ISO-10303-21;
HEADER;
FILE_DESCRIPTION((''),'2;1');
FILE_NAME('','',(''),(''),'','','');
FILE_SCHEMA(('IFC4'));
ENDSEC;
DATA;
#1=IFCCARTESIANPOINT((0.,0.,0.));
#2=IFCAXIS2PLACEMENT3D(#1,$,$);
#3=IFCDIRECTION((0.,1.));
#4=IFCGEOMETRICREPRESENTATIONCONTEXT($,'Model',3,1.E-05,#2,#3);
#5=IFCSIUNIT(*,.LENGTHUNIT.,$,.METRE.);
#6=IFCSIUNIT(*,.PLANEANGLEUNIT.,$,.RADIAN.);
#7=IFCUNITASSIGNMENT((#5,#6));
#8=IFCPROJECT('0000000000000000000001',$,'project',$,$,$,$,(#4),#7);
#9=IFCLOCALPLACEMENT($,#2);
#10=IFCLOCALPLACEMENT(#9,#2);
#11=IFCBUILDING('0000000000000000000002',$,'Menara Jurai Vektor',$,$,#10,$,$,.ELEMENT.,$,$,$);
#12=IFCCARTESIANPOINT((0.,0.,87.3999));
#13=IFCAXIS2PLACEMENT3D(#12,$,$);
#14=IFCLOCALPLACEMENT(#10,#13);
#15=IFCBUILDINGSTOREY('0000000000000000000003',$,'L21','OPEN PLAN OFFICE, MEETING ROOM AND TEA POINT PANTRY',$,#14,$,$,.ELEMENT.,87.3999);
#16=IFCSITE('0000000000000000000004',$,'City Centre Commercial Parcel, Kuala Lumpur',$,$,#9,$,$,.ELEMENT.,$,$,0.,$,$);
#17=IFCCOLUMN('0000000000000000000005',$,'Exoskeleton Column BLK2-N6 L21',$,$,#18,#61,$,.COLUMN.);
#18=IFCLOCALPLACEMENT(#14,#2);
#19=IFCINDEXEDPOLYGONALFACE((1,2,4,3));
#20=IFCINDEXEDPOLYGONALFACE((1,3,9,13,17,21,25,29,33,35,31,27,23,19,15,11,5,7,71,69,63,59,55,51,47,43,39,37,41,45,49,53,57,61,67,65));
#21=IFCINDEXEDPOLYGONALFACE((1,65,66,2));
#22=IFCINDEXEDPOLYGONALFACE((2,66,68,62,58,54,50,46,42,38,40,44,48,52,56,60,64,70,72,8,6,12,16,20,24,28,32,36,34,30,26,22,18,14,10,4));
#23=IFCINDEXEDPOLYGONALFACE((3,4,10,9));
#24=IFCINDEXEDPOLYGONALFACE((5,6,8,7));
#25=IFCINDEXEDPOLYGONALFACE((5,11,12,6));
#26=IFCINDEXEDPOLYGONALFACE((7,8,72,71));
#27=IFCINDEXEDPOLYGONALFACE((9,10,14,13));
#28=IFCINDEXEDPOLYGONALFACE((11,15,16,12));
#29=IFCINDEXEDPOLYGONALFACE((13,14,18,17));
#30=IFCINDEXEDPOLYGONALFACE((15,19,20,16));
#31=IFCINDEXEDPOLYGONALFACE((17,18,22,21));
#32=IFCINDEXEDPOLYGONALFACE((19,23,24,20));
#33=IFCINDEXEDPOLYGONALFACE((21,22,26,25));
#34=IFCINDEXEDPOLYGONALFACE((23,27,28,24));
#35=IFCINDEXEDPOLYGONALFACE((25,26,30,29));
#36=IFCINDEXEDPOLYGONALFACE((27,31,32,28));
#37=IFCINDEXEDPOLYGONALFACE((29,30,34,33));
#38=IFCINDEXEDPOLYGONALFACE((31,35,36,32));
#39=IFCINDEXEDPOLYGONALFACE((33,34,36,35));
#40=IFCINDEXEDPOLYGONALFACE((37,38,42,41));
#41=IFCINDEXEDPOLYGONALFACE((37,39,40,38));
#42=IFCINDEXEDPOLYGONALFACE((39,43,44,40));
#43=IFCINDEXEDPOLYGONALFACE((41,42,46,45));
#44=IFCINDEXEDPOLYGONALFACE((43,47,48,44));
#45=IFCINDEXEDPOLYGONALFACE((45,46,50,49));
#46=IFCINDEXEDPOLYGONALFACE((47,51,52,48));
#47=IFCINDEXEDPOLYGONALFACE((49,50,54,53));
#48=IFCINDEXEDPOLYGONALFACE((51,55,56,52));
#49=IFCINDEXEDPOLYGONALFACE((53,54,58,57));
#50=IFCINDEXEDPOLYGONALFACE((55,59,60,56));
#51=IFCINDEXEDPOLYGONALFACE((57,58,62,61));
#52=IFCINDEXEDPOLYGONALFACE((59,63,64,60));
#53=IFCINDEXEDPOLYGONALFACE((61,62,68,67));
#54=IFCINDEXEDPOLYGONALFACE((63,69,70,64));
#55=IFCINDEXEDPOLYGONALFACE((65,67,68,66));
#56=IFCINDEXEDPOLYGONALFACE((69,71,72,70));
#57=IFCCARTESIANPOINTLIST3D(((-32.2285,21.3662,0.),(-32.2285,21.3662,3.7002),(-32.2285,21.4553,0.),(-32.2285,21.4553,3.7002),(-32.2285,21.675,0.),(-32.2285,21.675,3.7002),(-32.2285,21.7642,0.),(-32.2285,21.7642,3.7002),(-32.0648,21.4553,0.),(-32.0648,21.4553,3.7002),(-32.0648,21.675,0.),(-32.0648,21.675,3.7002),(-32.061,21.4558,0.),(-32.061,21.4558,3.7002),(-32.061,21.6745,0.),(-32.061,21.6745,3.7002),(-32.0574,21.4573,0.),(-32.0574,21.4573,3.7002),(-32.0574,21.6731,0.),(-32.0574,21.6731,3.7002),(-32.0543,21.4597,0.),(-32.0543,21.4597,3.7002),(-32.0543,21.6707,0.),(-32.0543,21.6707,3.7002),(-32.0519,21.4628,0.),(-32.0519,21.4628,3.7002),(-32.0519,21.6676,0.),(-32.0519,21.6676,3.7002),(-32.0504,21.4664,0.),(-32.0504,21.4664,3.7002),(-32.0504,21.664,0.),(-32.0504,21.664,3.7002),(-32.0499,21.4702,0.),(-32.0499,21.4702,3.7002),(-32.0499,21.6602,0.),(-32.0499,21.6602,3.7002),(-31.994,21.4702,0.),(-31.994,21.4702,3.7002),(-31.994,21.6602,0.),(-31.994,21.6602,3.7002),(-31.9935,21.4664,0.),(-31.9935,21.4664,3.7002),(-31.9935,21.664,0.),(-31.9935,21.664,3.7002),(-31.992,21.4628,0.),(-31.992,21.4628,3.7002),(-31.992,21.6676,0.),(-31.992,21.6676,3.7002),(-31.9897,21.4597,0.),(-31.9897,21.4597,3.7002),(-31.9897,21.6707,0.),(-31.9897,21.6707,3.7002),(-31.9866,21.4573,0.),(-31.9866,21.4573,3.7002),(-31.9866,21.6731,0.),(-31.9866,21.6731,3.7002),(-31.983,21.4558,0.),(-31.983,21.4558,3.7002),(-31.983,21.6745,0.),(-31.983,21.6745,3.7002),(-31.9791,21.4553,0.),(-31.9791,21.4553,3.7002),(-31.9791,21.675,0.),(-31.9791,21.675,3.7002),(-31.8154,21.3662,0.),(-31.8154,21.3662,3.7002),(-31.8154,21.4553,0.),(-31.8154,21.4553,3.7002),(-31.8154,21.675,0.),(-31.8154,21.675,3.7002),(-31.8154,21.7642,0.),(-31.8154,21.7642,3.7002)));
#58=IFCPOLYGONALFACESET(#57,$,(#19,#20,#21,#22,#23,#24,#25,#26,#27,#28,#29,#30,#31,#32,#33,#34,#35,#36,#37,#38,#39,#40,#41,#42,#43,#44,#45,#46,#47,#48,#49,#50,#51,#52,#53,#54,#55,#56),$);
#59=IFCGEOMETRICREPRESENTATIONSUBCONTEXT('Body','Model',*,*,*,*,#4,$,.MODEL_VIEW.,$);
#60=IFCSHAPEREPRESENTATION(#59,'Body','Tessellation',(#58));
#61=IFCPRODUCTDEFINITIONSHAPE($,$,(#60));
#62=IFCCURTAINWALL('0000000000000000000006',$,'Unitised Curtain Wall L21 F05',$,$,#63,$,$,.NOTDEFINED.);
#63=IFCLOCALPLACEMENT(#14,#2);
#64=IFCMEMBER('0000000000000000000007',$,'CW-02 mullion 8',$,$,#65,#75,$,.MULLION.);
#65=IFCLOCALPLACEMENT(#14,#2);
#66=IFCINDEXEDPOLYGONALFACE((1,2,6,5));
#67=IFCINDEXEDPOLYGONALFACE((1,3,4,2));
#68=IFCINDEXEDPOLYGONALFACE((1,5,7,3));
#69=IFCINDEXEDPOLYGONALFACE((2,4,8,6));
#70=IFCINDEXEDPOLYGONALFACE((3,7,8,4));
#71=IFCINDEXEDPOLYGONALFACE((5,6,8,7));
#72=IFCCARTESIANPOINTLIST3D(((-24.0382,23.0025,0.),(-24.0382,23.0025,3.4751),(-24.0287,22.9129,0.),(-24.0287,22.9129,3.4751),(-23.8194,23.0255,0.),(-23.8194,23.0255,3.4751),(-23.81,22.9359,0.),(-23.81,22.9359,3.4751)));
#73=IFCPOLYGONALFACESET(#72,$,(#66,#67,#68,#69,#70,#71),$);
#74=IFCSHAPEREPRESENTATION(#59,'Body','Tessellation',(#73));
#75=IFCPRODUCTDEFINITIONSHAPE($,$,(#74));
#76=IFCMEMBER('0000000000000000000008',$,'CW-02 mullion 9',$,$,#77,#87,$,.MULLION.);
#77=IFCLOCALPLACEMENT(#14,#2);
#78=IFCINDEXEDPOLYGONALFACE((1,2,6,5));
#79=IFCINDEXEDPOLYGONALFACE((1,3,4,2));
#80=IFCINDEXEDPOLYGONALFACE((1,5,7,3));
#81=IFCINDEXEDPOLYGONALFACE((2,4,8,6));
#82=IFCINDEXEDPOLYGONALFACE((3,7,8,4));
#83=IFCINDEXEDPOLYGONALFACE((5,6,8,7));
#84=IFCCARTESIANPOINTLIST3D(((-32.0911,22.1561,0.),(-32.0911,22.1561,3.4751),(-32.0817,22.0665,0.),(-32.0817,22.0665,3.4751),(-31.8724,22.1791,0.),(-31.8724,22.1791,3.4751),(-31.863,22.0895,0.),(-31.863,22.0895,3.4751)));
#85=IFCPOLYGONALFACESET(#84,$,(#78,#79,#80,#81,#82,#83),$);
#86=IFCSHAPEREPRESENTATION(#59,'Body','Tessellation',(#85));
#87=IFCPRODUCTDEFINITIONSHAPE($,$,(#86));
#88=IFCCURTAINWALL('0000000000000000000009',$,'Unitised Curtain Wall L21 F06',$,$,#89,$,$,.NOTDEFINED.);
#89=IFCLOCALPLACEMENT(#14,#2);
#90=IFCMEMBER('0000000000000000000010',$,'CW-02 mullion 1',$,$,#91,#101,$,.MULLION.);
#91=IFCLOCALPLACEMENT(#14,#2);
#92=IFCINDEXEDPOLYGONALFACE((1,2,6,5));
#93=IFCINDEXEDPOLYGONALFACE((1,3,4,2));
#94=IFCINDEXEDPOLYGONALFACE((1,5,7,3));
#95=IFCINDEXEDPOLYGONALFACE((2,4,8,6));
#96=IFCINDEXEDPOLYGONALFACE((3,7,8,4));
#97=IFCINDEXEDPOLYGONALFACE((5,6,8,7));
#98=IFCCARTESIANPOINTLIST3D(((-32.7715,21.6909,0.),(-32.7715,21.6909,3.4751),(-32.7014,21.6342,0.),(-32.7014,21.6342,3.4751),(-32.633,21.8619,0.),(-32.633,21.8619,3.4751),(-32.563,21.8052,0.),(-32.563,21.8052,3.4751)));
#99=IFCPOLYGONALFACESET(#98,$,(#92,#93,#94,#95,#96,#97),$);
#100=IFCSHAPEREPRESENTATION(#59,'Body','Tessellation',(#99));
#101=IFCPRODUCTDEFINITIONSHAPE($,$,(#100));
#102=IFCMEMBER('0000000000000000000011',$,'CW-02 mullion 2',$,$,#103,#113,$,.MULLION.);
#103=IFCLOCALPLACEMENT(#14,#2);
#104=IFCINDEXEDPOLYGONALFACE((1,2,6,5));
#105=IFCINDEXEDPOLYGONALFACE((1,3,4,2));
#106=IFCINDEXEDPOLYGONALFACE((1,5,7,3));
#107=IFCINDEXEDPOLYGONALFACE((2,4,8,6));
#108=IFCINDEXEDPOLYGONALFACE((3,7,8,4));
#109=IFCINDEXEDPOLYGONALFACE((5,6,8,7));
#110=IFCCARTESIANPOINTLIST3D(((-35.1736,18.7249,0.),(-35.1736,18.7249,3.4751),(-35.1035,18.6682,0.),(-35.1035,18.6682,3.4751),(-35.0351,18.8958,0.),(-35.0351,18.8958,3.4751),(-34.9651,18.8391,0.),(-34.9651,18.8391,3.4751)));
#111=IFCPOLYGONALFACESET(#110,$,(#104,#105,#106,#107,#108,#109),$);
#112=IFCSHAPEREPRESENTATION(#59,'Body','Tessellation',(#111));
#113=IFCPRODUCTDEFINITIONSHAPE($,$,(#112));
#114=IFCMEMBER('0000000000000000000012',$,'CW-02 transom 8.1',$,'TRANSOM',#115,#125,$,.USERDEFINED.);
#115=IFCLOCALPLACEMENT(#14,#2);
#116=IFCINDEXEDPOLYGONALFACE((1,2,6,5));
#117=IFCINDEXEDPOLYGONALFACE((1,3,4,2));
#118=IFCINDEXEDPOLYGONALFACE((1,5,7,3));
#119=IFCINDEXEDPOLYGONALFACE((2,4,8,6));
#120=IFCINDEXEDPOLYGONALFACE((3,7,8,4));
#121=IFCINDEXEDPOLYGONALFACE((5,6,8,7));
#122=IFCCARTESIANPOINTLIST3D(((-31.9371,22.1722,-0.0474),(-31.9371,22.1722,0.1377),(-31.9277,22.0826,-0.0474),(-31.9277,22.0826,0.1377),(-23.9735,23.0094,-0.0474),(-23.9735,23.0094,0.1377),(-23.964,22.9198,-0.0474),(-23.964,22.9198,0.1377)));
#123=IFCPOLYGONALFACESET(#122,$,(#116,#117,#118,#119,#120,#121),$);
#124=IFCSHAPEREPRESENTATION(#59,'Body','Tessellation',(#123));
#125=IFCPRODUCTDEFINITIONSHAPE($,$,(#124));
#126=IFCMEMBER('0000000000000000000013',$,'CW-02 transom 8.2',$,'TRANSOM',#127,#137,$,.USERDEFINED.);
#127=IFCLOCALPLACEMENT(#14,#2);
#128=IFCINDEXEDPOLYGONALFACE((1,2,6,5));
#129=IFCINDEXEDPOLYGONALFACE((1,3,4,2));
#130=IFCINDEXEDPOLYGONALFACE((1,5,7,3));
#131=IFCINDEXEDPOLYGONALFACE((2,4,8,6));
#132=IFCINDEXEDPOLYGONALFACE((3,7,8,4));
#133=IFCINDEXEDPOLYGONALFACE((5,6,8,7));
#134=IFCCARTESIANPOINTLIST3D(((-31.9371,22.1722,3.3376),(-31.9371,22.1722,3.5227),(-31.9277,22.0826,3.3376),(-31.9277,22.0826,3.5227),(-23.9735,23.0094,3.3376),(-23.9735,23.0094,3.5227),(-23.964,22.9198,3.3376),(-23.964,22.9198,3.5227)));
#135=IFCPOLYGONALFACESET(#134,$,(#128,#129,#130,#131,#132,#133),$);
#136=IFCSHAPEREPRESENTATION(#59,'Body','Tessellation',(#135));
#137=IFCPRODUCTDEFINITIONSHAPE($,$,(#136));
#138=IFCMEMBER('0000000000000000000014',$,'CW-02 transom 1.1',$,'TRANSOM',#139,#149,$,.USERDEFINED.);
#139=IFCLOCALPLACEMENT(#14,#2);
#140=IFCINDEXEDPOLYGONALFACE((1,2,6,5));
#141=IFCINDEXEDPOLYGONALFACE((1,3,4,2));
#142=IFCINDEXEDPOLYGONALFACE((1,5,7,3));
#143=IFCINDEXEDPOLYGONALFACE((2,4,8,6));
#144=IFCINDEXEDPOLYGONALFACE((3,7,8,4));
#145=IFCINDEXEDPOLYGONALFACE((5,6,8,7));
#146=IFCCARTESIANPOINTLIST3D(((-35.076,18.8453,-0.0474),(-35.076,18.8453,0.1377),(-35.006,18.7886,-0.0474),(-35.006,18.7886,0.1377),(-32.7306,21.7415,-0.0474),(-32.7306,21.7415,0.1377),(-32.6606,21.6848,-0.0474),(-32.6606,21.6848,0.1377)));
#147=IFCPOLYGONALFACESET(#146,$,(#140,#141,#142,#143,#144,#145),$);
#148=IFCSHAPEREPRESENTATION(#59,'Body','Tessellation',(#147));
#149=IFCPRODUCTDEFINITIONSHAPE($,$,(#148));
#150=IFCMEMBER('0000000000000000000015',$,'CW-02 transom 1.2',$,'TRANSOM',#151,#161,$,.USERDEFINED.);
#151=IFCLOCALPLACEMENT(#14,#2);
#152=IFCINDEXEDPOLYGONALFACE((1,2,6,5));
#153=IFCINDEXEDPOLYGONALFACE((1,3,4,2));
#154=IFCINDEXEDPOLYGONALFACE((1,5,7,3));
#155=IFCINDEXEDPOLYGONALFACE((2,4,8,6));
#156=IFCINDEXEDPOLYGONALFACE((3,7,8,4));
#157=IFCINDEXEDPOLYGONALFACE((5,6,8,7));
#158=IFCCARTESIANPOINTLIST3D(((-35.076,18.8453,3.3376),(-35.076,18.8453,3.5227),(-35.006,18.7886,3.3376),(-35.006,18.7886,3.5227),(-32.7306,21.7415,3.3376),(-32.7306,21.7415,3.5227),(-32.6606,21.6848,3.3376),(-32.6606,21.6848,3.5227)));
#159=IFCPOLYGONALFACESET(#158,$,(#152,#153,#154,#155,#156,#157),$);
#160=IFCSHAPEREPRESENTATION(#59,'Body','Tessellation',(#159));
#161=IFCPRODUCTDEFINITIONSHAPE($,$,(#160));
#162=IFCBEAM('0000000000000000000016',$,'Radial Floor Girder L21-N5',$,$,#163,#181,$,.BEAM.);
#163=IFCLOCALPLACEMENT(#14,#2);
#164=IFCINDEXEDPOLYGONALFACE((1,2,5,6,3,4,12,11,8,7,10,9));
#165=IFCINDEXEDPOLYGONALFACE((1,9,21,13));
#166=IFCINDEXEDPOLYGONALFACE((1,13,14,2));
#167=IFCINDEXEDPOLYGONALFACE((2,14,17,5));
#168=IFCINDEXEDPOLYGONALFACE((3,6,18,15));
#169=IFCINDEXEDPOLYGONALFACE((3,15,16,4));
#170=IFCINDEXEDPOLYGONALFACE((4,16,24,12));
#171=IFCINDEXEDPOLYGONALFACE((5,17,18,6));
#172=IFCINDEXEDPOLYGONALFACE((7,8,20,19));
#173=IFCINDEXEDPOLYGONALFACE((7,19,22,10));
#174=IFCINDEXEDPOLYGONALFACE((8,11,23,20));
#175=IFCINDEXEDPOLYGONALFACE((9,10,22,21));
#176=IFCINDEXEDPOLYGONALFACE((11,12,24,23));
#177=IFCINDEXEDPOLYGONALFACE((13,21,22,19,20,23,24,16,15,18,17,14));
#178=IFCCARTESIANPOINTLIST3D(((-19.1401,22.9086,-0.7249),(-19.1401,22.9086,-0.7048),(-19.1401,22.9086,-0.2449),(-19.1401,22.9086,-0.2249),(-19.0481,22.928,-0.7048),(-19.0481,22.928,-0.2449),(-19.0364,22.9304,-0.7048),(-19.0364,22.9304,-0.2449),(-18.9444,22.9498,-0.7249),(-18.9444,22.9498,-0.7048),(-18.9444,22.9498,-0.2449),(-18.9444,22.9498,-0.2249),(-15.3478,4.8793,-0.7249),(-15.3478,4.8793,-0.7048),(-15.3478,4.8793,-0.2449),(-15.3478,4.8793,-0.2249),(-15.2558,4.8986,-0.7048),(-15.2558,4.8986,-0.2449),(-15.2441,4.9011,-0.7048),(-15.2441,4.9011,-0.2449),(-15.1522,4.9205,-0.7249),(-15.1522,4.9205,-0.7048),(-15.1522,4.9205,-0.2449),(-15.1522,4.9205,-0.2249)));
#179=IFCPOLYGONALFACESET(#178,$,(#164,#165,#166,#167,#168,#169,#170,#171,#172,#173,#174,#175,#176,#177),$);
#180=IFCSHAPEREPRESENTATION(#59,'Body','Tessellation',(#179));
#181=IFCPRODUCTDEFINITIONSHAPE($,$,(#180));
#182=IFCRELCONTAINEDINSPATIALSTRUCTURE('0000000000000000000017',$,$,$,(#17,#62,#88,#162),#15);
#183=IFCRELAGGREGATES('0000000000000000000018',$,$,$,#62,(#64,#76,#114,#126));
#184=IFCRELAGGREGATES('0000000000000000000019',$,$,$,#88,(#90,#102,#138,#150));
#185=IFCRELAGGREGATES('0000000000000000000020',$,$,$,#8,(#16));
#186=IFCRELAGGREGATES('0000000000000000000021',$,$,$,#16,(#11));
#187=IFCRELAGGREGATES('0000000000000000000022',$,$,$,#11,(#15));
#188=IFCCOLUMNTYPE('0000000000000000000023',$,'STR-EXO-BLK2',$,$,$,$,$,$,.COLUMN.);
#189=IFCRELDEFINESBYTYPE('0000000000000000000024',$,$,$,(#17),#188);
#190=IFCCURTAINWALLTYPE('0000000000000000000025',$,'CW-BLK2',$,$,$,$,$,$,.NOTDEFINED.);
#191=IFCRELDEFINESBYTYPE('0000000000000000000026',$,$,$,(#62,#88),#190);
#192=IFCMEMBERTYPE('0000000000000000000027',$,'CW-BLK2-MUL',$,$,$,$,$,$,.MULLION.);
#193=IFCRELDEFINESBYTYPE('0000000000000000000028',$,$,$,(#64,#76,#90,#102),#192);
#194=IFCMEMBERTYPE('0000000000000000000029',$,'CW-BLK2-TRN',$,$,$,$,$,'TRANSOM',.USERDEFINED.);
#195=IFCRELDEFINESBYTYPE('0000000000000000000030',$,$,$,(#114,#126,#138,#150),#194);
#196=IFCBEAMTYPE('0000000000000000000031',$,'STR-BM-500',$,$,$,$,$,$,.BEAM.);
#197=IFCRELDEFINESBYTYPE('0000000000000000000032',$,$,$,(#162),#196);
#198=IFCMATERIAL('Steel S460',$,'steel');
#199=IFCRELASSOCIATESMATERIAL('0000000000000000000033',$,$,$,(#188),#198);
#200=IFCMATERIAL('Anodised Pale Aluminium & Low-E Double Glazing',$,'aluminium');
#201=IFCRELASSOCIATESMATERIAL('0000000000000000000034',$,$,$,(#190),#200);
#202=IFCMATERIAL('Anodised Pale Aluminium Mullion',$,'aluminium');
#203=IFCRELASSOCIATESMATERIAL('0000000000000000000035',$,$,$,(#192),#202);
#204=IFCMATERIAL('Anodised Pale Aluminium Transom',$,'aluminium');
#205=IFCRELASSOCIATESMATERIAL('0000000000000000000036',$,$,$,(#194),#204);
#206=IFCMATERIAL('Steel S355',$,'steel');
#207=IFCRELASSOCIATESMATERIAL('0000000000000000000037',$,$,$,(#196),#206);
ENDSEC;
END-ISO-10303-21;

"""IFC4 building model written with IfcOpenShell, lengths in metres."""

from ifc_helpers import new_model, si_unit, direction, frame, origin, origin_2d, place, context, subcontext, project, spatial, rectangle, i_section, extrude, material, material_profile, profile_set, type_object, element, aggregate, save


model = new_model("IFC4")

# Units and contexts
model_context = context("Model", 3, precision=1e-05, world=origin(), true_north=direction((0.0, 1.0)))
body_context = subcontext(model_context, "Body", "Model", "MODEL_VIEW")
ifc_project = project(units=[si_unit("LENGTHUNIT", "METRE"), si_unit("PLANEANGLEUNIT", "RADIAN")], contexts=[model_context])

# Site, building, storey
site_placement = place(None, origin())
site = spatial("IfcSite", under=ifc_project, at=site_placement, Name="City Centre Commercial Parcel, Kuala Lumpur", CompositionType="ELEMENT", RefElevation=0.0)
building_placement = place(site_placement, origin())
building = spatial("IfcBuilding", under=site, at=building_placement, Name="Menara Jurai Vektor", CompositionType="ELEMENT")
storey_placement = place(building_placement, frame((0.0, 0.0, 87.3999)))
storey = spatial("IfcBuildingStorey", under=building, at=storey_placement, Name="L21", Description="OPEN PLAN OFFICE, MEETING ROOM AND TEA POINT PANTRY", CompositionType="ELEMENT", Elevation=87.3999)

# Column
ifc_material_1 = material(Name="Steel S460", Category="steel")
ifc_material_profile_1 = material_profile(ifc_material_1, i_section(OverallWidth=0.4131, OverallDepth=0.3979, WebThickness=0.0559, FlangeThickness=0.0891, FilletRadius=0.0149, at=origin_2d()), Name="HD 400x744")
ifc_profile_set_1 = profile_set([ifc_material_profile_1], Name="Steel S460")
column_type = type_object("IfcColumnType", Name="STR-EXO-BLK2", PredefinedType="COLUMN", material=ifc_profile_set_1)
column_placement = place(storey_placement, frame((-32.022, 21.5652, 0.0), z_axis=(0.0, 0.0, 1.0), x_axis=(1.0, 0.0, 0.0)))
element("IfcColumn", 1, at=column_placement, inside=storey, type_object=column_type, Name="Exoskeleton Column BLK2-N6 L21", PredefinedType="COLUMN", context=body_context, shape_type="SweptSolid", body=[
    extrude(i_section(OverallWidth=0.4131, OverallDepth=0.3979, WebThickness=0.0559, FlangeThickness=0.0891, FilletRadius=0.0149, at=origin_2d()), origin(), (0.0, 0.0, 1.0), 3.7002),
])

# Curtain walls, members
ifc_material_2 = material(Name="Anodised Pale Aluminium & Low-E Double Glazing", Category="aluminium")
curtain_wall_type = type_object("IfcCurtainWallType", Name="CW-BLK2", PredefinedType="NOTDEFINED", material=ifc_material_2)
curtain_wall_1_placement = place(storey_placement, origin())
curtain_wall_1 = element("IfcCurtainWall", 2, at=curtain_wall_1_placement, inside=storey, type_object=curtain_wall_type, Name="Unitised Curtain Wall L21 F05", PredefinedType="NOTDEFINED")
ifc_material_3 = material(Name="Anodised Pale Aluminium Mullion", Category="aluminium")
ifc_material_profile_2 = material_profile(ifc_material_3, rectangle(XDim=0.0901, YDim=0.22, at=origin_2d()), Name="ALU MUL 90x220")
ifc_profile_set_2 = profile_set([ifc_material_profile_2], Name="Anodised Pale Aluminium Mullion")
member_type_1 = type_object("IfcMemberType", Name="CW-BLK2-MUL", PredefinedType="MULLION", material=ifc_profile_set_2)
member_1_placement = place(storey_placement, frame((-23.9241, 22.9692, 0.0), z_axis=(0.0, 0.0, 1.0), x_axis=(0.104529, -0.994522, 0.0)))
member_1 = element("IfcMember", 3, at=member_1_placement, type_object=member_type_1, Name="CW-02 mullion 8", PredefinedType="MULLION", context=body_context, shape_type="SweptSolid", body=[
    extrude(rectangle(XDim=0.0901, YDim=0.22, at=origin_2d()), origin(), (0.0, 0.0, 1.0), 3.4751),
])
member_2_placement = place(storey_placement, frame((-31.9771, 22.1228, 0.0), z_axis=(0.0, 0.0, 1.0), x_axis=(0.104529, -0.994522, 0.0)))
member_2 = element("IfcMember", 4, at=member_2_placement, type_object=member_type_1, Name="CW-02 mullion 9", PredefinedType="MULLION", context=body_context, shape_type="SweptSolid", body=[
    extrude(rectangle(XDim=0.0901, YDim=0.22, at=origin_2d()), origin(), (0.0, 0.0, 1.0), 3.4751),
])
curtain_wall_2_placement = place(storey_placement, origin())
curtain_wall_2 = element("IfcCurtainWall", 5, at=curtain_wall_2_placement, inside=storey, type_object=curtain_wall_type, Name="Unitised Curtain Wall L21 F06", PredefinedType="NOTDEFINED")
member_3_placement = place(storey_placement, frame((-32.6672, 21.748, 0.0), z_axis=(0.0, 0.0, 1.0), x_axis=(0.777129, -0.629341, 0.0)))
member_3 = element("IfcMember", 6, at=member_3_placement, type_object=member_type_1, Name="CW-02 mullion 1", PredefinedType="MULLION", context=body_context, shape_type="SweptSolid", body=[
    extrude(rectangle(XDim=0.0901, YDim=0.22, at=origin_2d()), origin(), (0.0, 0.0, 1.0), 3.4751),
])
member_4_placement = place(storey_placement, frame((-35.0693, 18.782, 0.0), z_axis=(0.0, 0.0, 1.0), x_axis=(0.777129, -0.629341, 0.0)))
member_4 = element("IfcMember", 7, at=member_4_placement, type_object=member_type_1, Name="CW-02 mullion 2", PredefinedType="MULLION", context=body_context, shape_type="SweptSolid", body=[
    extrude(rectangle(XDim=0.0901, YDim=0.22, at=origin_2d()), origin(), (0.0, 0.0, 1.0), 3.4751),
])

# Members
ifc_material_4 = material(Name="Anodised Pale Aluminium Transom", Category="aluminium")
ifc_material_profile_3 = material_profile(ifc_material_4, rectangle(XDim=0.0901, YDim=0.1851, at=origin_2d()), Name="ALU TRN 90x185")
ifc_profile_set_3 = profile_set([ifc_material_profile_3], Name="Anodised Pale Aluminium Transom")
member_type_2 = type_object("IfcMemberType", Name="CW-BLK2-TRN", ElementType="TRANSOM", PredefinedType="USERDEFINED", material=ifc_profile_set_3)
member_5_placement = place(storey_placement, frame((-23.9688, 22.9646, 0.0452), z_axis=(-0.99452, -0.104547, 0.0), x_axis=(0.104547, -0.99452, 0.0)))
member_5 = element("IfcMember", 8, at=member_5_placement, type_object=member_type_2, Name="CW-02 transom 8.1", ObjectType="TRANSOM", PredefinedType="USERDEFINED", context=body_context, shape_type="SweptSolid", body=[
    extrude(rectangle(XDim=0.0901, YDim=0.1851, at=origin_2d()), origin(), (0.0, 0.0, 1.0), 8.0076),
])
member_6_placement = place(storey_placement, frame((-23.9688, 22.9646, 3.4302), z_axis=(-0.99452, -0.104547, 0.0), x_axis=(0.104547, -0.99452, 0.0)))
member_6 = element("IfcMember", 9, at=member_6_placement, type_object=member_type_2, Name="CW-02 transom 8.2", ObjectType="TRANSOM", PredefinedType="USERDEFINED", context=body_context, shape_type="SweptSolid", body=[
    extrude(rectangle(XDim=0.0901, YDim=0.1851, at=origin_2d()), origin(), (0.0, 0.0, 1.0), 8.0076),
])
member_7_placement = place(storey_placement, frame((-32.6956, 21.7131, 0.0452), z_axis=(-0.629341, -0.777129, 0.0), x_axis=(0.777129, -0.629341, 0.0)))
member_7 = element("IfcMember", 10, at=member_7_placement, type_object=member_type_2, Name="CW-02 transom 1.1", ObjectType="TRANSOM", PredefinedType="USERDEFINED", context=body_context, shape_type="SweptSolid", body=[
    extrude(rectangle(XDim=0.0901, YDim=0.1851, at=origin_2d()), origin(), (0.0, 0.0, 1.0), 3.7268),
])
member_8_placement = place(storey_placement, frame((-32.6956, 21.7131, 3.4302), z_axis=(-0.629341, -0.777129, 0.0), x_axis=(0.777129, -0.629341, 0.0)))
member_8 = element("IfcMember", 11, at=member_8_placement, type_object=member_type_2, Name="CW-02 transom 1.2", ObjectType="TRANSOM", PredefinedType="USERDEFINED", context=body_context, shape_type="SweptSolid", body=[
    extrude(rectangle(XDim=0.0901, YDim=0.1851, at=origin_2d()), origin(), (0.0, 0.0, 1.0), 3.7268),
])

# Beam
ifc_material_5 = material(Name="Steel S355", Category="steel")
ifc_material_profile_4 = material_profile(ifc_material_5, i_section(OverallWidth=0.2, OverallDepth=0.5, WebThickness=0.012, FlangeThickness=0.02, at=origin_2d()), Name="PG 500x200x96")
ifc_profile_set_4 = profile_set([ifc_material_profile_4], Name="Steel S355")
beam_type_1 = type_object("IfcBeamType", Name="STR-BM-500", PredefinedType="BEAM", material=ifc_profile_set_4)
beam_1_placement = place(storey_placement, frame((-19.0422, 22.9292, -0.4749), z_axis=(0.205833, -0.978587, 0.0), x_axis=(0.978587, 0.205833, 0.0)))
element("IfcBeam", 12, at=beam_1_placement, inside=storey, type_object=beam_type_1, Name="Radial Floor Girder L21-N5", PredefinedType="BEAM", context=body_context, shape_type="SweptSolid", body=[
    extrude(i_section(OverallWidth=0.2, OverallDepth=0.5, WebThickness=0.012, FlangeThickness=0.02, at=origin_2d()), origin(), (0.0, 0.0, 1.0), 18.4238),
])

aggregate(curtain_wall_1, [member_1, member_2, member_5, member_6])
aggregate(curtain_wall_2, [member_3, member_4, member_7, member_8])

save(model, "model.ifc")
